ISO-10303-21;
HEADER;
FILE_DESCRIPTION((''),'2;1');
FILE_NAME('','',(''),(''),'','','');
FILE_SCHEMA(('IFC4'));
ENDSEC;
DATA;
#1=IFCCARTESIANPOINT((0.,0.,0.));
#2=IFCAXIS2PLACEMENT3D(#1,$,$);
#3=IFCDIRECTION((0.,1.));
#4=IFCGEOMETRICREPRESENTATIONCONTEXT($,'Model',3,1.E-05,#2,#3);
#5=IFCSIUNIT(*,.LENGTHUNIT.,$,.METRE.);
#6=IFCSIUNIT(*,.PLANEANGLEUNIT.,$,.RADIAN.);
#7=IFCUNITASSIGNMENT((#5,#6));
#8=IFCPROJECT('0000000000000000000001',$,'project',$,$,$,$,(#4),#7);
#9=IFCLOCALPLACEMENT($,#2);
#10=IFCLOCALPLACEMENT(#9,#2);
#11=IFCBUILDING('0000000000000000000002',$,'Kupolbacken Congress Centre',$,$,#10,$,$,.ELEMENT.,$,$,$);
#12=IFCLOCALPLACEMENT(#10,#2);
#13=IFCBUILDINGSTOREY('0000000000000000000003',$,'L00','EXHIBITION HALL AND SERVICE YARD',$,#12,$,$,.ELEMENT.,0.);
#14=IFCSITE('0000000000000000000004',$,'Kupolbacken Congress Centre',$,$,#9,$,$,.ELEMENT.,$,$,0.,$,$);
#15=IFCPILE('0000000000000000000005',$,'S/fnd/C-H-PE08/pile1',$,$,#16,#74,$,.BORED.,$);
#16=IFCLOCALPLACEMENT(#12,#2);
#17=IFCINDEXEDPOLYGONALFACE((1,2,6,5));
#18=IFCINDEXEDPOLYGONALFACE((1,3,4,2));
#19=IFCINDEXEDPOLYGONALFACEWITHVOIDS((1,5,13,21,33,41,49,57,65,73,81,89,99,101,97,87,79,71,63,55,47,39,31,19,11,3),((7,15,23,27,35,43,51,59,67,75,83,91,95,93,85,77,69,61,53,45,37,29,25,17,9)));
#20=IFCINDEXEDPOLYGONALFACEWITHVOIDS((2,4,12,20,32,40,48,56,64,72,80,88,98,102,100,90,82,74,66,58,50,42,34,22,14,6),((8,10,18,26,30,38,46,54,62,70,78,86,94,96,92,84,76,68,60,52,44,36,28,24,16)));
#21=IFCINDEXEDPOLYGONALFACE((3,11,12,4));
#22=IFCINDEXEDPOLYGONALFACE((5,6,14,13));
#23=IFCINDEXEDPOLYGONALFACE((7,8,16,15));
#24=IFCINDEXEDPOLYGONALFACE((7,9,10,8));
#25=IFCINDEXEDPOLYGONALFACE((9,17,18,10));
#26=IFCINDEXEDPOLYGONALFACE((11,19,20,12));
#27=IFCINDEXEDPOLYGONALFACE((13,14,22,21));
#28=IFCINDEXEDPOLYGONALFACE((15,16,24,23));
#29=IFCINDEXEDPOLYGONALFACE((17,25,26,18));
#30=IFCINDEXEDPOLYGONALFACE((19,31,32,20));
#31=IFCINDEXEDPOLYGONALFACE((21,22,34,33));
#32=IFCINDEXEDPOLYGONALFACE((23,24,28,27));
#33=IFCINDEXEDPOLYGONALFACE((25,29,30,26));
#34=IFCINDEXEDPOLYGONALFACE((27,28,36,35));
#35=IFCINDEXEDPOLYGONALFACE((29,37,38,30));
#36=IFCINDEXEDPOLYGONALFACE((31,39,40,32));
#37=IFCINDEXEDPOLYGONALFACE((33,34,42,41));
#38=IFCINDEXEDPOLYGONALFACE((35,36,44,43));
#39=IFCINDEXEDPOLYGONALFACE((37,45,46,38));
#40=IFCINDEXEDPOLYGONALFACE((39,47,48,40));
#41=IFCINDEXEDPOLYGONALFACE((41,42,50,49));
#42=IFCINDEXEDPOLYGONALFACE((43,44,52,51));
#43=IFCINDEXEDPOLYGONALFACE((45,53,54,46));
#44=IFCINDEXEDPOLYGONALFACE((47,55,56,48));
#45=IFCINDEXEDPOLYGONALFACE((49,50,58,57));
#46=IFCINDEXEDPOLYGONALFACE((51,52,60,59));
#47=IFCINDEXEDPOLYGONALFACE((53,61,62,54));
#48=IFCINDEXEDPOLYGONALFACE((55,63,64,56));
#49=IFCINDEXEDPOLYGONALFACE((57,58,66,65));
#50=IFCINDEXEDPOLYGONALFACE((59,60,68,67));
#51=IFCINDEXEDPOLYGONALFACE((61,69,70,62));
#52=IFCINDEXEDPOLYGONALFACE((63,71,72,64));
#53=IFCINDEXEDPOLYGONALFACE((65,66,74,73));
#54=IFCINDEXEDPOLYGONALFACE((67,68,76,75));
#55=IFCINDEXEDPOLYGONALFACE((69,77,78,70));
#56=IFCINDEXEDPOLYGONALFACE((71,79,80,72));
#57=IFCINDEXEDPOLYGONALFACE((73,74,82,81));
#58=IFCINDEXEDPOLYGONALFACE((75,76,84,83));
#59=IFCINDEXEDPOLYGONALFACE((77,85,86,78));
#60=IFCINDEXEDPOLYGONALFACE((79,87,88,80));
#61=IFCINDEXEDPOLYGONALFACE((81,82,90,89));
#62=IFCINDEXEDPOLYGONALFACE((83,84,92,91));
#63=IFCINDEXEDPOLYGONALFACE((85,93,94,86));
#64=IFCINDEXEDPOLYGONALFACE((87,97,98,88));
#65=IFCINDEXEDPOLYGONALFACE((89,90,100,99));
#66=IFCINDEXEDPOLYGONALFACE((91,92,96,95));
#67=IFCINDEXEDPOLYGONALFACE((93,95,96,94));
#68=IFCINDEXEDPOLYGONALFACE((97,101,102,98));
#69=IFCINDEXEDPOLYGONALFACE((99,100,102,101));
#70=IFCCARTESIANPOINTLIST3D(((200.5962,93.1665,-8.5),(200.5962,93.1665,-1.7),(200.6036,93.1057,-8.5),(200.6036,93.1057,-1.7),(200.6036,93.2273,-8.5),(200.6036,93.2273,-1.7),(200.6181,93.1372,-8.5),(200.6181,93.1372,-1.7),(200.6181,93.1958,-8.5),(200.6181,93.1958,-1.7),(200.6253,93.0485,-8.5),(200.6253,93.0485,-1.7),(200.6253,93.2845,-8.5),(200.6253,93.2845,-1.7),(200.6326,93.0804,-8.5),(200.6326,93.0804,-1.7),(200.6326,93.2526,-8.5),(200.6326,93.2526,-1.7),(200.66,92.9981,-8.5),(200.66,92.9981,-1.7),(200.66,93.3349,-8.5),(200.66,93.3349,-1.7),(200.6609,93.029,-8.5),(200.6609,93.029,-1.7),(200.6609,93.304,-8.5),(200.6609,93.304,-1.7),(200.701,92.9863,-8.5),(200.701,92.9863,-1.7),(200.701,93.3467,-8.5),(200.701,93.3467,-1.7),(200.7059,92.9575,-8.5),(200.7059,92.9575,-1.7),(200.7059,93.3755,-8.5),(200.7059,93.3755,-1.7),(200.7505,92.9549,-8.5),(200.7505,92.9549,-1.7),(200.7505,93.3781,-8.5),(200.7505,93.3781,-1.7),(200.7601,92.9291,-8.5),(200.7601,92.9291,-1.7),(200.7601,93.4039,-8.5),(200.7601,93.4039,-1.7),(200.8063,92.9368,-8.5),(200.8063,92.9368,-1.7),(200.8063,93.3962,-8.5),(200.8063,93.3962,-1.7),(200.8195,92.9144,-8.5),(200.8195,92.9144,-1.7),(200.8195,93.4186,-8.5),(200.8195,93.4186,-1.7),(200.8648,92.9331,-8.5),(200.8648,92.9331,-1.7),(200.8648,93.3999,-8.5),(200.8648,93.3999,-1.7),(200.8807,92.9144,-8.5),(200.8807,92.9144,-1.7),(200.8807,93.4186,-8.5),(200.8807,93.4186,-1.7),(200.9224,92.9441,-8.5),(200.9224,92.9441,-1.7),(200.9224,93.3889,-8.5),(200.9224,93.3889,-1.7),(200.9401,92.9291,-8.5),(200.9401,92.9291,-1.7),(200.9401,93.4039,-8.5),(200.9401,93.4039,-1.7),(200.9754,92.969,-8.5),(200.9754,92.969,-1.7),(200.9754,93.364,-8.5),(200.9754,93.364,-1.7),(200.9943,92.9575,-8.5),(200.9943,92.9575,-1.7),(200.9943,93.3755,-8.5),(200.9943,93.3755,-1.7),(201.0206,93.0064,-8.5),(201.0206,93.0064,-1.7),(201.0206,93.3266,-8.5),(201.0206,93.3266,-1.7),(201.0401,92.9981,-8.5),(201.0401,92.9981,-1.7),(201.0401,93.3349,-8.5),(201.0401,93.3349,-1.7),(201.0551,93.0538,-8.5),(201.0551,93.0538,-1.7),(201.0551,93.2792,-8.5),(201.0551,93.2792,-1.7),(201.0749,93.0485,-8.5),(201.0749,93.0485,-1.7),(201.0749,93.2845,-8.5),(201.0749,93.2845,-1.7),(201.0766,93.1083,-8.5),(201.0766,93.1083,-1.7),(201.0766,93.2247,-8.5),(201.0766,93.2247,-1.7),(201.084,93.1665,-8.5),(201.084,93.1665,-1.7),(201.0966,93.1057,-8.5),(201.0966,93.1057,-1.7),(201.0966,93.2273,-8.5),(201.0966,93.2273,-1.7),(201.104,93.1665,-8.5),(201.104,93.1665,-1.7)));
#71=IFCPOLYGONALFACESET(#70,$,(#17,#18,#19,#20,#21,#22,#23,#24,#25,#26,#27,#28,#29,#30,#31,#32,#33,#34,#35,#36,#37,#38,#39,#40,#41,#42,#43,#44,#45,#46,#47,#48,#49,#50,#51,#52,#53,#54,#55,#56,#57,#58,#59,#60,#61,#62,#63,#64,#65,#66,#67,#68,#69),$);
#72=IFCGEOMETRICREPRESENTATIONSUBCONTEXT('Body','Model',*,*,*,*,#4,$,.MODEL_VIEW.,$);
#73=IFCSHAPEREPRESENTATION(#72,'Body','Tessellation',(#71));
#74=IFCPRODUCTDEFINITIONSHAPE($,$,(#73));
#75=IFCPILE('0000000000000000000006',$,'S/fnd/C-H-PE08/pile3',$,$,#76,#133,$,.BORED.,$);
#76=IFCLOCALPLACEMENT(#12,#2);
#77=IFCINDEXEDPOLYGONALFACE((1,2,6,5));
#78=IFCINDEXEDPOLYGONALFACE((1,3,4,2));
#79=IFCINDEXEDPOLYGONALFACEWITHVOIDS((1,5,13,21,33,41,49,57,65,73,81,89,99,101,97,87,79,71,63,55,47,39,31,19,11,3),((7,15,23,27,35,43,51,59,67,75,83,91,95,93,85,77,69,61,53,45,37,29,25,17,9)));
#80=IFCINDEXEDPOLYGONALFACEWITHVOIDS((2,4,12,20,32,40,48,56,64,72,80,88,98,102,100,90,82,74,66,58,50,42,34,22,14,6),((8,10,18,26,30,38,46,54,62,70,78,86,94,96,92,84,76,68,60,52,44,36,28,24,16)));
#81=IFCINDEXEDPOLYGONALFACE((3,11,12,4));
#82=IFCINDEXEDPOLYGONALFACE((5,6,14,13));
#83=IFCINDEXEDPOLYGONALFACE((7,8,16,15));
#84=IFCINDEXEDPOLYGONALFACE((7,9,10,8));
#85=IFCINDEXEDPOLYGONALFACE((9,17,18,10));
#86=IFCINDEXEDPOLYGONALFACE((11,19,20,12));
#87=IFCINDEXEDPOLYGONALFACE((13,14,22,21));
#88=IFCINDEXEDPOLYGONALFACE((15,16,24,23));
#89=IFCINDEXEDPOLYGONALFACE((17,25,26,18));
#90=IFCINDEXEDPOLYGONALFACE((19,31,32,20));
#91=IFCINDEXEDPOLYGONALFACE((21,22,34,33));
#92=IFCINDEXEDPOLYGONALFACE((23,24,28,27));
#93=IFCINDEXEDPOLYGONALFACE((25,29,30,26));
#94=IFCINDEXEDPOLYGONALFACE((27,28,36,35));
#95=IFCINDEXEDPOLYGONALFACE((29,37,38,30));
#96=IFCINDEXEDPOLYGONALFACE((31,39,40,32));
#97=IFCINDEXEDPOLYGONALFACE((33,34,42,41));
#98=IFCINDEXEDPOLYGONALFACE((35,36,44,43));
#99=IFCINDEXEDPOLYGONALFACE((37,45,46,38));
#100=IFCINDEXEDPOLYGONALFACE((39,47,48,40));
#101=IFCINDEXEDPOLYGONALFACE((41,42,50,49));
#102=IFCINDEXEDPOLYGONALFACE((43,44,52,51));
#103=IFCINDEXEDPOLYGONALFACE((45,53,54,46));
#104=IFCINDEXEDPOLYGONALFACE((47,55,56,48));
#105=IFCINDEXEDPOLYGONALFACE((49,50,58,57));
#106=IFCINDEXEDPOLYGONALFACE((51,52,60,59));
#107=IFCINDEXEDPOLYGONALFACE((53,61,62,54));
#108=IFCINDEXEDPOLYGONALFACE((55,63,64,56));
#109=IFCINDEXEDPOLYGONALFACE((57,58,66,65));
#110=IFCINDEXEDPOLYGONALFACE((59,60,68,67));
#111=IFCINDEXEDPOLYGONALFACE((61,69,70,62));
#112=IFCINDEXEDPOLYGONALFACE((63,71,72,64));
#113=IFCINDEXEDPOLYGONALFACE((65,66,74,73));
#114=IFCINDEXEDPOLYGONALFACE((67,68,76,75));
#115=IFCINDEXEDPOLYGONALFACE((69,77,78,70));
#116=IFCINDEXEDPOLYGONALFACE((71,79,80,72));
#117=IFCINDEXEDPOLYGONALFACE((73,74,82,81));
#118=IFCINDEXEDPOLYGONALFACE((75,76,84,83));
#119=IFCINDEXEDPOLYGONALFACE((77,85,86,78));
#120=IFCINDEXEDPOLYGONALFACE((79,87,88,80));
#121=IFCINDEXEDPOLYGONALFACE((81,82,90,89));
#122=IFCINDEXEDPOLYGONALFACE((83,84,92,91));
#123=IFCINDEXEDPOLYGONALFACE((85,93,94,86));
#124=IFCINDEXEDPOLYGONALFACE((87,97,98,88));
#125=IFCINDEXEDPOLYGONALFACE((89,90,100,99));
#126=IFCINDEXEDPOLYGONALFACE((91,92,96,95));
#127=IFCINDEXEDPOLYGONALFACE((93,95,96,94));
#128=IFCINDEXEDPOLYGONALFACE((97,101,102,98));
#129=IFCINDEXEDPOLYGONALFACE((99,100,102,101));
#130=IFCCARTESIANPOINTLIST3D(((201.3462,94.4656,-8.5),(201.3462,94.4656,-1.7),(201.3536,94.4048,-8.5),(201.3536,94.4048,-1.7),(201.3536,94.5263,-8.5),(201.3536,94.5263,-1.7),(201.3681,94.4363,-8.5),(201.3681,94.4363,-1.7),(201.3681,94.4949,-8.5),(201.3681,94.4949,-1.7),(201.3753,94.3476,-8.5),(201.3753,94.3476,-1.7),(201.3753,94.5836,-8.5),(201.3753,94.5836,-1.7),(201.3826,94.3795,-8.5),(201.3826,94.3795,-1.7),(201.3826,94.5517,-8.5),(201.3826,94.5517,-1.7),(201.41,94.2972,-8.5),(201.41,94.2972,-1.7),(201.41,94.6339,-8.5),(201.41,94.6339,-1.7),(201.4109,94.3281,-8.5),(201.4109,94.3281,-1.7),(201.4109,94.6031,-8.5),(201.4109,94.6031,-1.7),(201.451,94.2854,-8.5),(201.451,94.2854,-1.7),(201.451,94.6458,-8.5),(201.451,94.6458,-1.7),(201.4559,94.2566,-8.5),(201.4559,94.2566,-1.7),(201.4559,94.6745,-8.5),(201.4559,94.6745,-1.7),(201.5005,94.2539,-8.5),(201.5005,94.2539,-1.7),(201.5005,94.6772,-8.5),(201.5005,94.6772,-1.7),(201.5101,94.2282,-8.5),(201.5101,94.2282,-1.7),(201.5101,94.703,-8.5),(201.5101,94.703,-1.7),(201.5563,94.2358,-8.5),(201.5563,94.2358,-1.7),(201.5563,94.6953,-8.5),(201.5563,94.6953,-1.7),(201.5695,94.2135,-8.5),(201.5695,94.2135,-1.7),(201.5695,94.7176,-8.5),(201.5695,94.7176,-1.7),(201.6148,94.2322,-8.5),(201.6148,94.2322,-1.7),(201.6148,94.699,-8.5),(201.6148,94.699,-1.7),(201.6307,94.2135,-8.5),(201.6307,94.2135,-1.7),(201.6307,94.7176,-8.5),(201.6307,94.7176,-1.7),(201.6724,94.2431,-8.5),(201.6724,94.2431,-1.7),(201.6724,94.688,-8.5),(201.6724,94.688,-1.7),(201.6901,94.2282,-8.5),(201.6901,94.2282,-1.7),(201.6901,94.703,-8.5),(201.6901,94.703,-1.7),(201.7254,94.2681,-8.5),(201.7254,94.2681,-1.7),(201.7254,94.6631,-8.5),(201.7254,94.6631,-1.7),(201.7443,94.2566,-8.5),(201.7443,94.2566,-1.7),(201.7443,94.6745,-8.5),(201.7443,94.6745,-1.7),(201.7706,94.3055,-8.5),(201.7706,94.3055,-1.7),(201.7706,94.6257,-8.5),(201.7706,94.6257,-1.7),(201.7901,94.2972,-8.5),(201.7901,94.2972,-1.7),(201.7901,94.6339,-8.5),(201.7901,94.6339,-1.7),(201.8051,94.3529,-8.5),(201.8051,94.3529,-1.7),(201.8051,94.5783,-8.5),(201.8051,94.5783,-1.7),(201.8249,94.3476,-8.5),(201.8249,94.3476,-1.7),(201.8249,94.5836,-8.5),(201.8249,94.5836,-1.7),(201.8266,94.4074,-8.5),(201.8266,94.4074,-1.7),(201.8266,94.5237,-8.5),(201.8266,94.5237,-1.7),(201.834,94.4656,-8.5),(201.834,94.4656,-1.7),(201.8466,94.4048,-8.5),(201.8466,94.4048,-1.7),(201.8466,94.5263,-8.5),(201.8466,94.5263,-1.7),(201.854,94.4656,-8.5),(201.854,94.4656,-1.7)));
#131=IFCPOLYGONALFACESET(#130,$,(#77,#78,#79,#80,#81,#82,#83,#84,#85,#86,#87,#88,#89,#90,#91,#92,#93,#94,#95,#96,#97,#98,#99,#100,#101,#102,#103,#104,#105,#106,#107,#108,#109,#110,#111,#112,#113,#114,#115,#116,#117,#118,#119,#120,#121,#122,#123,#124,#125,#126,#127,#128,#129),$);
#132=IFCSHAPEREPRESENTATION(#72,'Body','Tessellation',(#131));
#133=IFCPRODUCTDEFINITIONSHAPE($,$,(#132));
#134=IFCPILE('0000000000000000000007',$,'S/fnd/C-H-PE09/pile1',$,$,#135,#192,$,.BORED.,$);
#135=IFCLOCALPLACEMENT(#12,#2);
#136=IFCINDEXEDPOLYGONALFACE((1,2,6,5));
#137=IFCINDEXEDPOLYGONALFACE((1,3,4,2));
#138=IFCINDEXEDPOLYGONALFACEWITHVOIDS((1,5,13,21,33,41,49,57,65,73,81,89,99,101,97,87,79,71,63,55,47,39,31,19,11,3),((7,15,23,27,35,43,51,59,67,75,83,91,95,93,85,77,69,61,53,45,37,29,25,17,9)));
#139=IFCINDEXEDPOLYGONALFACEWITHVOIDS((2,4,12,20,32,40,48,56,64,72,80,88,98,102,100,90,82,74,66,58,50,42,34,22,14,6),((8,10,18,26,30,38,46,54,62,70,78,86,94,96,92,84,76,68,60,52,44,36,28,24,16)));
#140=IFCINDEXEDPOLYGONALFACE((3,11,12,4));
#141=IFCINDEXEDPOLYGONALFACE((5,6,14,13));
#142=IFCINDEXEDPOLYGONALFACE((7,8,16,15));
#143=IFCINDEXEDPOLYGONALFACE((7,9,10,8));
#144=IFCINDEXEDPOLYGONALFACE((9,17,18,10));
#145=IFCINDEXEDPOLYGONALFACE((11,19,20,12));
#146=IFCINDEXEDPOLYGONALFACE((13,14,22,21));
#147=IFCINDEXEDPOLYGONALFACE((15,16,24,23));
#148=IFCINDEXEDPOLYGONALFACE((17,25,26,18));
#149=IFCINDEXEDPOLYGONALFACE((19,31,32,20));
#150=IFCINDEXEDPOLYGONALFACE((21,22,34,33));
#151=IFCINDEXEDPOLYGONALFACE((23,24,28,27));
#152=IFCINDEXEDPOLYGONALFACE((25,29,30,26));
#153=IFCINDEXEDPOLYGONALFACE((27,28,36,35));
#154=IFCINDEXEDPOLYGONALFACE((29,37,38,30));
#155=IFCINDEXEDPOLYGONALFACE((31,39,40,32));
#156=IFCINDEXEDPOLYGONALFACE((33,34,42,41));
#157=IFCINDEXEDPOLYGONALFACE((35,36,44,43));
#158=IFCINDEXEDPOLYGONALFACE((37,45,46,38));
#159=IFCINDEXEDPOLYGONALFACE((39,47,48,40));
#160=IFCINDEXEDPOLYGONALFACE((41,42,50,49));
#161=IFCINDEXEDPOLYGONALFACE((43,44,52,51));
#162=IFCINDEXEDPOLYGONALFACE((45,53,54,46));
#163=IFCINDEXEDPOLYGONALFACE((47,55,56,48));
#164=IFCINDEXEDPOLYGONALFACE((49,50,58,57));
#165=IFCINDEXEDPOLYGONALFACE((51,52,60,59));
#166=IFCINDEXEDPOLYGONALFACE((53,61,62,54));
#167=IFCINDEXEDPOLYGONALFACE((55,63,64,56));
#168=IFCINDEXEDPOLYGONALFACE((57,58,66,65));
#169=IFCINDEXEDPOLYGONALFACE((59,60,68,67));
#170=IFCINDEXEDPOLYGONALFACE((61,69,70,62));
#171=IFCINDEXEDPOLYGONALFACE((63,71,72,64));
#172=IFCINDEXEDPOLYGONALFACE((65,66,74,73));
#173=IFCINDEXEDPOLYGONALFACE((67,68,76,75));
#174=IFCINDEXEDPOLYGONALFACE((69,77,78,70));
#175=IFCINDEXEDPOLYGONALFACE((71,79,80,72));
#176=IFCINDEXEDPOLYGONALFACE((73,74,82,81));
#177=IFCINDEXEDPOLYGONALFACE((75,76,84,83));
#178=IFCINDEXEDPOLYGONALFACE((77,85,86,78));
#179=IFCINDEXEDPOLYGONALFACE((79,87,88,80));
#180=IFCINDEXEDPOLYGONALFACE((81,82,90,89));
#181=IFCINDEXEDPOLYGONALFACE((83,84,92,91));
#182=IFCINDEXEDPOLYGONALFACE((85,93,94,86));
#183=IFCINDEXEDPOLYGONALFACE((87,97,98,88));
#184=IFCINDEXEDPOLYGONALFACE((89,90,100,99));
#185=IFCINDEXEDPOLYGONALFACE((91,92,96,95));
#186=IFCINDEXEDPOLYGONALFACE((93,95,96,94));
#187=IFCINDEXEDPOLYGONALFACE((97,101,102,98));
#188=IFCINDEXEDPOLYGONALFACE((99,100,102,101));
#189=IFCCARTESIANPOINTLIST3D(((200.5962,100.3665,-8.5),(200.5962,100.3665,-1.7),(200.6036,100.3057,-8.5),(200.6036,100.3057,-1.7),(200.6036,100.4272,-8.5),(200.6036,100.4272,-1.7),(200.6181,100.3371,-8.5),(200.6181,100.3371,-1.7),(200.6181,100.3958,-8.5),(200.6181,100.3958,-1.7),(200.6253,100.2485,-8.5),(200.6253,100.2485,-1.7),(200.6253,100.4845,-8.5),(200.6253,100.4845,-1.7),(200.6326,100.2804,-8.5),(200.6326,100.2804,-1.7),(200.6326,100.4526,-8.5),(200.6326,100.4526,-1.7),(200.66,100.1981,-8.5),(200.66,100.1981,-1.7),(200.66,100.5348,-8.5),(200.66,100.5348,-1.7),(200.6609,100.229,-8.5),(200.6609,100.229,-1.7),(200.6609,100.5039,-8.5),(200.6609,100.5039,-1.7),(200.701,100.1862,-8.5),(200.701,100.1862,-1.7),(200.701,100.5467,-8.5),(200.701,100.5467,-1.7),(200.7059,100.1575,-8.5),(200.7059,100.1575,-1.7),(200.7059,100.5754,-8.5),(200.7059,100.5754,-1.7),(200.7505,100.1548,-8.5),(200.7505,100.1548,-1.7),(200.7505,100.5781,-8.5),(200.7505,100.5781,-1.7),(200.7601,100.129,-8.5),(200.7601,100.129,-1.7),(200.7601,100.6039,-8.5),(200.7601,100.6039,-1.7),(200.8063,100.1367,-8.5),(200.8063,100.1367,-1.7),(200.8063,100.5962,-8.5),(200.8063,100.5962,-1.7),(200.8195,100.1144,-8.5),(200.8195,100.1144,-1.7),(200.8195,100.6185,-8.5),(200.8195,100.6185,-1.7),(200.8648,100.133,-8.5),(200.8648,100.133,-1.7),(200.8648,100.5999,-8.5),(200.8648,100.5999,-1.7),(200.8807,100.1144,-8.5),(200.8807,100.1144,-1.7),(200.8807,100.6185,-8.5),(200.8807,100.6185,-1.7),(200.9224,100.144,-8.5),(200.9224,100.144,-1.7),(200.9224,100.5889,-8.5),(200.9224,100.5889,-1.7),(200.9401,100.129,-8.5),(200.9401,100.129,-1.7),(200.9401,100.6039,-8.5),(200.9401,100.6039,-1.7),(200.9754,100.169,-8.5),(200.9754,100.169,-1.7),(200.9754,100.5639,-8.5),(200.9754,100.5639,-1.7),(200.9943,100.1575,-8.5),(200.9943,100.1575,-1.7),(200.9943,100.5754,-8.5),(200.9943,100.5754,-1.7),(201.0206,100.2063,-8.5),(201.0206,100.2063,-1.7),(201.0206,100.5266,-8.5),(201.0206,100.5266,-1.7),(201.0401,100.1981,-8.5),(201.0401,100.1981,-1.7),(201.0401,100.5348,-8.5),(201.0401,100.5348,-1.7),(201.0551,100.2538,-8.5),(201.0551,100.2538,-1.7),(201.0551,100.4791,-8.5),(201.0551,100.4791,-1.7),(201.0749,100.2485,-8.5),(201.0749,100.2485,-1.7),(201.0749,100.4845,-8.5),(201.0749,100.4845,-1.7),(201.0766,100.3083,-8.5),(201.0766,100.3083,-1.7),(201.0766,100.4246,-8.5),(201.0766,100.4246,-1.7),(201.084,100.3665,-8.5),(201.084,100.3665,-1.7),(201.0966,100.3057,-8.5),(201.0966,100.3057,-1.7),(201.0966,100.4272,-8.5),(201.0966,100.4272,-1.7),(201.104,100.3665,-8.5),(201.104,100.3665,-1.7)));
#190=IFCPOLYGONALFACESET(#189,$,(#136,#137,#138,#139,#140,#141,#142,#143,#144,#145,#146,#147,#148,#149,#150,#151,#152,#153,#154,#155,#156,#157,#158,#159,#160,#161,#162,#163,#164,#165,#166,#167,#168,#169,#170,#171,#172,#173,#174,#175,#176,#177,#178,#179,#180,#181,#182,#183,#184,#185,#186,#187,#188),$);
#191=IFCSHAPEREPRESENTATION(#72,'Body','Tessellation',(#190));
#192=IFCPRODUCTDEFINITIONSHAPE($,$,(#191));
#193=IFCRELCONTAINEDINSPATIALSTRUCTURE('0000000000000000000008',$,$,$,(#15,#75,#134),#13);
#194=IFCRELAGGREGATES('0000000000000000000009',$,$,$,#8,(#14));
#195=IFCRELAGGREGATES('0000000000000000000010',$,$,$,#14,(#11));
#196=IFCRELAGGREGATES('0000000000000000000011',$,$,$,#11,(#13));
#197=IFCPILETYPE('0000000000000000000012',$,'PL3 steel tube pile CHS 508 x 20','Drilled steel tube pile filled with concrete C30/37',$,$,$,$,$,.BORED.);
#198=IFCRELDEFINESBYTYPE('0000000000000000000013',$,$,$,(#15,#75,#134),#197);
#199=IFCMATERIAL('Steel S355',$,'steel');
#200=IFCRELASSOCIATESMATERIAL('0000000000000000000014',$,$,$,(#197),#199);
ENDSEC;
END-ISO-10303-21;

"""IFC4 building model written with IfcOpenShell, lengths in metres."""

from ifc_helpers import new_model, si_unit, direction, frame, origin, origin_2d, place, context, subcontext, project, spatial, hollow_circle, extrude, material, material_profile, profile_set, type_object, element, save


model = new_model("IFC4")

# Units and contexts
model_context = context("Model", 3, precision=1e-05, world=origin(), true_north=direction((0.0, 1.0)))
body_context = subcontext(model_context, "Body", "Model", "MODEL_VIEW")
ifc_project = project(units=[si_unit("LENGTHUNIT", "METRE"), si_unit("PLANEANGLEUNIT", "RADIAN")], contexts=[model_context])

# Site, building, storey
site_placement = place(None, origin())
site = spatial("IfcSite", under=ifc_project, at=site_placement, Name="Kupolbacken Congress Centre", CompositionType="ELEMENT", RefElevation=0.0)
building_placement = place(site_placement, origin())
building = spatial("IfcBuilding", under=site, at=building_placement, Name="Kupolbacken Congress Centre", CompositionType="ELEMENT")
storey_placement = place(building_placement, origin())
storey = spatial("IfcBuildingStorey", under=building, at=storey_placement, Name="L00", Description="EXHIBITION HALL AND SERVICE YARD", CompositionType="ELEMENT", Elevation=0.0)

# Piles
ifc_material_1 = material(Name="Steel S355", Category="steel")
ifc_material_profile_1 = material_profile(ifc_material_1, hollow_circle(Radius=0.2539, WallThickness=0.02, at=origin_2d()), Name="CHS 508 x 20")
ifc_profile_set_1 = profile_set([ifc_material_profile_1], Name="Steel S355")
pile_type_1 = type_object("IfcPileType", Name="PL3 steel tube pile CHS 508 x 20", Description="Drilled steel tube pile filled with concrete C30/37", PredefinedType="BORED", material=ifc_profile_set_1)
for number, where, z_axis, x_axis, name in (
    (1, (200.8501, 93.1665, -1.7), (0.0, 0.0, -1.0), (1.0, 0.0, 0.0), "S/fnd/C-H-PE08/pile1"),
    (2, (201.6001, 94.4656, -1.7), (0.0, 0.0, -1.0), (1.0, 0.0, 0.0), "S/fnd/C-H-PE08/pile3"),
    (3, (200.8501, 100.3665, -1.7), (0.0, 0.0, -1.0), (1.0, 0.0, 0.0), "S/fnd/C-H-PE09/pile1"),
):
    element("IfcPile", number, at=place(storey_placement, frame(where, z_axis=z_axis, x_axis=x_axis)), inside=storey, type_object=pile_type_1, Name=name, PredefinedType="BORED", context=body_context, shape_type="SweptSolid", body=[
        extrude(hollow_circle(Radius=0.2539, WallThickness=0.02, at=origin_2d()), origin(), (0.0, 0.0, 1.0), 6.8),
    ])

save(model, "model.ifc")
